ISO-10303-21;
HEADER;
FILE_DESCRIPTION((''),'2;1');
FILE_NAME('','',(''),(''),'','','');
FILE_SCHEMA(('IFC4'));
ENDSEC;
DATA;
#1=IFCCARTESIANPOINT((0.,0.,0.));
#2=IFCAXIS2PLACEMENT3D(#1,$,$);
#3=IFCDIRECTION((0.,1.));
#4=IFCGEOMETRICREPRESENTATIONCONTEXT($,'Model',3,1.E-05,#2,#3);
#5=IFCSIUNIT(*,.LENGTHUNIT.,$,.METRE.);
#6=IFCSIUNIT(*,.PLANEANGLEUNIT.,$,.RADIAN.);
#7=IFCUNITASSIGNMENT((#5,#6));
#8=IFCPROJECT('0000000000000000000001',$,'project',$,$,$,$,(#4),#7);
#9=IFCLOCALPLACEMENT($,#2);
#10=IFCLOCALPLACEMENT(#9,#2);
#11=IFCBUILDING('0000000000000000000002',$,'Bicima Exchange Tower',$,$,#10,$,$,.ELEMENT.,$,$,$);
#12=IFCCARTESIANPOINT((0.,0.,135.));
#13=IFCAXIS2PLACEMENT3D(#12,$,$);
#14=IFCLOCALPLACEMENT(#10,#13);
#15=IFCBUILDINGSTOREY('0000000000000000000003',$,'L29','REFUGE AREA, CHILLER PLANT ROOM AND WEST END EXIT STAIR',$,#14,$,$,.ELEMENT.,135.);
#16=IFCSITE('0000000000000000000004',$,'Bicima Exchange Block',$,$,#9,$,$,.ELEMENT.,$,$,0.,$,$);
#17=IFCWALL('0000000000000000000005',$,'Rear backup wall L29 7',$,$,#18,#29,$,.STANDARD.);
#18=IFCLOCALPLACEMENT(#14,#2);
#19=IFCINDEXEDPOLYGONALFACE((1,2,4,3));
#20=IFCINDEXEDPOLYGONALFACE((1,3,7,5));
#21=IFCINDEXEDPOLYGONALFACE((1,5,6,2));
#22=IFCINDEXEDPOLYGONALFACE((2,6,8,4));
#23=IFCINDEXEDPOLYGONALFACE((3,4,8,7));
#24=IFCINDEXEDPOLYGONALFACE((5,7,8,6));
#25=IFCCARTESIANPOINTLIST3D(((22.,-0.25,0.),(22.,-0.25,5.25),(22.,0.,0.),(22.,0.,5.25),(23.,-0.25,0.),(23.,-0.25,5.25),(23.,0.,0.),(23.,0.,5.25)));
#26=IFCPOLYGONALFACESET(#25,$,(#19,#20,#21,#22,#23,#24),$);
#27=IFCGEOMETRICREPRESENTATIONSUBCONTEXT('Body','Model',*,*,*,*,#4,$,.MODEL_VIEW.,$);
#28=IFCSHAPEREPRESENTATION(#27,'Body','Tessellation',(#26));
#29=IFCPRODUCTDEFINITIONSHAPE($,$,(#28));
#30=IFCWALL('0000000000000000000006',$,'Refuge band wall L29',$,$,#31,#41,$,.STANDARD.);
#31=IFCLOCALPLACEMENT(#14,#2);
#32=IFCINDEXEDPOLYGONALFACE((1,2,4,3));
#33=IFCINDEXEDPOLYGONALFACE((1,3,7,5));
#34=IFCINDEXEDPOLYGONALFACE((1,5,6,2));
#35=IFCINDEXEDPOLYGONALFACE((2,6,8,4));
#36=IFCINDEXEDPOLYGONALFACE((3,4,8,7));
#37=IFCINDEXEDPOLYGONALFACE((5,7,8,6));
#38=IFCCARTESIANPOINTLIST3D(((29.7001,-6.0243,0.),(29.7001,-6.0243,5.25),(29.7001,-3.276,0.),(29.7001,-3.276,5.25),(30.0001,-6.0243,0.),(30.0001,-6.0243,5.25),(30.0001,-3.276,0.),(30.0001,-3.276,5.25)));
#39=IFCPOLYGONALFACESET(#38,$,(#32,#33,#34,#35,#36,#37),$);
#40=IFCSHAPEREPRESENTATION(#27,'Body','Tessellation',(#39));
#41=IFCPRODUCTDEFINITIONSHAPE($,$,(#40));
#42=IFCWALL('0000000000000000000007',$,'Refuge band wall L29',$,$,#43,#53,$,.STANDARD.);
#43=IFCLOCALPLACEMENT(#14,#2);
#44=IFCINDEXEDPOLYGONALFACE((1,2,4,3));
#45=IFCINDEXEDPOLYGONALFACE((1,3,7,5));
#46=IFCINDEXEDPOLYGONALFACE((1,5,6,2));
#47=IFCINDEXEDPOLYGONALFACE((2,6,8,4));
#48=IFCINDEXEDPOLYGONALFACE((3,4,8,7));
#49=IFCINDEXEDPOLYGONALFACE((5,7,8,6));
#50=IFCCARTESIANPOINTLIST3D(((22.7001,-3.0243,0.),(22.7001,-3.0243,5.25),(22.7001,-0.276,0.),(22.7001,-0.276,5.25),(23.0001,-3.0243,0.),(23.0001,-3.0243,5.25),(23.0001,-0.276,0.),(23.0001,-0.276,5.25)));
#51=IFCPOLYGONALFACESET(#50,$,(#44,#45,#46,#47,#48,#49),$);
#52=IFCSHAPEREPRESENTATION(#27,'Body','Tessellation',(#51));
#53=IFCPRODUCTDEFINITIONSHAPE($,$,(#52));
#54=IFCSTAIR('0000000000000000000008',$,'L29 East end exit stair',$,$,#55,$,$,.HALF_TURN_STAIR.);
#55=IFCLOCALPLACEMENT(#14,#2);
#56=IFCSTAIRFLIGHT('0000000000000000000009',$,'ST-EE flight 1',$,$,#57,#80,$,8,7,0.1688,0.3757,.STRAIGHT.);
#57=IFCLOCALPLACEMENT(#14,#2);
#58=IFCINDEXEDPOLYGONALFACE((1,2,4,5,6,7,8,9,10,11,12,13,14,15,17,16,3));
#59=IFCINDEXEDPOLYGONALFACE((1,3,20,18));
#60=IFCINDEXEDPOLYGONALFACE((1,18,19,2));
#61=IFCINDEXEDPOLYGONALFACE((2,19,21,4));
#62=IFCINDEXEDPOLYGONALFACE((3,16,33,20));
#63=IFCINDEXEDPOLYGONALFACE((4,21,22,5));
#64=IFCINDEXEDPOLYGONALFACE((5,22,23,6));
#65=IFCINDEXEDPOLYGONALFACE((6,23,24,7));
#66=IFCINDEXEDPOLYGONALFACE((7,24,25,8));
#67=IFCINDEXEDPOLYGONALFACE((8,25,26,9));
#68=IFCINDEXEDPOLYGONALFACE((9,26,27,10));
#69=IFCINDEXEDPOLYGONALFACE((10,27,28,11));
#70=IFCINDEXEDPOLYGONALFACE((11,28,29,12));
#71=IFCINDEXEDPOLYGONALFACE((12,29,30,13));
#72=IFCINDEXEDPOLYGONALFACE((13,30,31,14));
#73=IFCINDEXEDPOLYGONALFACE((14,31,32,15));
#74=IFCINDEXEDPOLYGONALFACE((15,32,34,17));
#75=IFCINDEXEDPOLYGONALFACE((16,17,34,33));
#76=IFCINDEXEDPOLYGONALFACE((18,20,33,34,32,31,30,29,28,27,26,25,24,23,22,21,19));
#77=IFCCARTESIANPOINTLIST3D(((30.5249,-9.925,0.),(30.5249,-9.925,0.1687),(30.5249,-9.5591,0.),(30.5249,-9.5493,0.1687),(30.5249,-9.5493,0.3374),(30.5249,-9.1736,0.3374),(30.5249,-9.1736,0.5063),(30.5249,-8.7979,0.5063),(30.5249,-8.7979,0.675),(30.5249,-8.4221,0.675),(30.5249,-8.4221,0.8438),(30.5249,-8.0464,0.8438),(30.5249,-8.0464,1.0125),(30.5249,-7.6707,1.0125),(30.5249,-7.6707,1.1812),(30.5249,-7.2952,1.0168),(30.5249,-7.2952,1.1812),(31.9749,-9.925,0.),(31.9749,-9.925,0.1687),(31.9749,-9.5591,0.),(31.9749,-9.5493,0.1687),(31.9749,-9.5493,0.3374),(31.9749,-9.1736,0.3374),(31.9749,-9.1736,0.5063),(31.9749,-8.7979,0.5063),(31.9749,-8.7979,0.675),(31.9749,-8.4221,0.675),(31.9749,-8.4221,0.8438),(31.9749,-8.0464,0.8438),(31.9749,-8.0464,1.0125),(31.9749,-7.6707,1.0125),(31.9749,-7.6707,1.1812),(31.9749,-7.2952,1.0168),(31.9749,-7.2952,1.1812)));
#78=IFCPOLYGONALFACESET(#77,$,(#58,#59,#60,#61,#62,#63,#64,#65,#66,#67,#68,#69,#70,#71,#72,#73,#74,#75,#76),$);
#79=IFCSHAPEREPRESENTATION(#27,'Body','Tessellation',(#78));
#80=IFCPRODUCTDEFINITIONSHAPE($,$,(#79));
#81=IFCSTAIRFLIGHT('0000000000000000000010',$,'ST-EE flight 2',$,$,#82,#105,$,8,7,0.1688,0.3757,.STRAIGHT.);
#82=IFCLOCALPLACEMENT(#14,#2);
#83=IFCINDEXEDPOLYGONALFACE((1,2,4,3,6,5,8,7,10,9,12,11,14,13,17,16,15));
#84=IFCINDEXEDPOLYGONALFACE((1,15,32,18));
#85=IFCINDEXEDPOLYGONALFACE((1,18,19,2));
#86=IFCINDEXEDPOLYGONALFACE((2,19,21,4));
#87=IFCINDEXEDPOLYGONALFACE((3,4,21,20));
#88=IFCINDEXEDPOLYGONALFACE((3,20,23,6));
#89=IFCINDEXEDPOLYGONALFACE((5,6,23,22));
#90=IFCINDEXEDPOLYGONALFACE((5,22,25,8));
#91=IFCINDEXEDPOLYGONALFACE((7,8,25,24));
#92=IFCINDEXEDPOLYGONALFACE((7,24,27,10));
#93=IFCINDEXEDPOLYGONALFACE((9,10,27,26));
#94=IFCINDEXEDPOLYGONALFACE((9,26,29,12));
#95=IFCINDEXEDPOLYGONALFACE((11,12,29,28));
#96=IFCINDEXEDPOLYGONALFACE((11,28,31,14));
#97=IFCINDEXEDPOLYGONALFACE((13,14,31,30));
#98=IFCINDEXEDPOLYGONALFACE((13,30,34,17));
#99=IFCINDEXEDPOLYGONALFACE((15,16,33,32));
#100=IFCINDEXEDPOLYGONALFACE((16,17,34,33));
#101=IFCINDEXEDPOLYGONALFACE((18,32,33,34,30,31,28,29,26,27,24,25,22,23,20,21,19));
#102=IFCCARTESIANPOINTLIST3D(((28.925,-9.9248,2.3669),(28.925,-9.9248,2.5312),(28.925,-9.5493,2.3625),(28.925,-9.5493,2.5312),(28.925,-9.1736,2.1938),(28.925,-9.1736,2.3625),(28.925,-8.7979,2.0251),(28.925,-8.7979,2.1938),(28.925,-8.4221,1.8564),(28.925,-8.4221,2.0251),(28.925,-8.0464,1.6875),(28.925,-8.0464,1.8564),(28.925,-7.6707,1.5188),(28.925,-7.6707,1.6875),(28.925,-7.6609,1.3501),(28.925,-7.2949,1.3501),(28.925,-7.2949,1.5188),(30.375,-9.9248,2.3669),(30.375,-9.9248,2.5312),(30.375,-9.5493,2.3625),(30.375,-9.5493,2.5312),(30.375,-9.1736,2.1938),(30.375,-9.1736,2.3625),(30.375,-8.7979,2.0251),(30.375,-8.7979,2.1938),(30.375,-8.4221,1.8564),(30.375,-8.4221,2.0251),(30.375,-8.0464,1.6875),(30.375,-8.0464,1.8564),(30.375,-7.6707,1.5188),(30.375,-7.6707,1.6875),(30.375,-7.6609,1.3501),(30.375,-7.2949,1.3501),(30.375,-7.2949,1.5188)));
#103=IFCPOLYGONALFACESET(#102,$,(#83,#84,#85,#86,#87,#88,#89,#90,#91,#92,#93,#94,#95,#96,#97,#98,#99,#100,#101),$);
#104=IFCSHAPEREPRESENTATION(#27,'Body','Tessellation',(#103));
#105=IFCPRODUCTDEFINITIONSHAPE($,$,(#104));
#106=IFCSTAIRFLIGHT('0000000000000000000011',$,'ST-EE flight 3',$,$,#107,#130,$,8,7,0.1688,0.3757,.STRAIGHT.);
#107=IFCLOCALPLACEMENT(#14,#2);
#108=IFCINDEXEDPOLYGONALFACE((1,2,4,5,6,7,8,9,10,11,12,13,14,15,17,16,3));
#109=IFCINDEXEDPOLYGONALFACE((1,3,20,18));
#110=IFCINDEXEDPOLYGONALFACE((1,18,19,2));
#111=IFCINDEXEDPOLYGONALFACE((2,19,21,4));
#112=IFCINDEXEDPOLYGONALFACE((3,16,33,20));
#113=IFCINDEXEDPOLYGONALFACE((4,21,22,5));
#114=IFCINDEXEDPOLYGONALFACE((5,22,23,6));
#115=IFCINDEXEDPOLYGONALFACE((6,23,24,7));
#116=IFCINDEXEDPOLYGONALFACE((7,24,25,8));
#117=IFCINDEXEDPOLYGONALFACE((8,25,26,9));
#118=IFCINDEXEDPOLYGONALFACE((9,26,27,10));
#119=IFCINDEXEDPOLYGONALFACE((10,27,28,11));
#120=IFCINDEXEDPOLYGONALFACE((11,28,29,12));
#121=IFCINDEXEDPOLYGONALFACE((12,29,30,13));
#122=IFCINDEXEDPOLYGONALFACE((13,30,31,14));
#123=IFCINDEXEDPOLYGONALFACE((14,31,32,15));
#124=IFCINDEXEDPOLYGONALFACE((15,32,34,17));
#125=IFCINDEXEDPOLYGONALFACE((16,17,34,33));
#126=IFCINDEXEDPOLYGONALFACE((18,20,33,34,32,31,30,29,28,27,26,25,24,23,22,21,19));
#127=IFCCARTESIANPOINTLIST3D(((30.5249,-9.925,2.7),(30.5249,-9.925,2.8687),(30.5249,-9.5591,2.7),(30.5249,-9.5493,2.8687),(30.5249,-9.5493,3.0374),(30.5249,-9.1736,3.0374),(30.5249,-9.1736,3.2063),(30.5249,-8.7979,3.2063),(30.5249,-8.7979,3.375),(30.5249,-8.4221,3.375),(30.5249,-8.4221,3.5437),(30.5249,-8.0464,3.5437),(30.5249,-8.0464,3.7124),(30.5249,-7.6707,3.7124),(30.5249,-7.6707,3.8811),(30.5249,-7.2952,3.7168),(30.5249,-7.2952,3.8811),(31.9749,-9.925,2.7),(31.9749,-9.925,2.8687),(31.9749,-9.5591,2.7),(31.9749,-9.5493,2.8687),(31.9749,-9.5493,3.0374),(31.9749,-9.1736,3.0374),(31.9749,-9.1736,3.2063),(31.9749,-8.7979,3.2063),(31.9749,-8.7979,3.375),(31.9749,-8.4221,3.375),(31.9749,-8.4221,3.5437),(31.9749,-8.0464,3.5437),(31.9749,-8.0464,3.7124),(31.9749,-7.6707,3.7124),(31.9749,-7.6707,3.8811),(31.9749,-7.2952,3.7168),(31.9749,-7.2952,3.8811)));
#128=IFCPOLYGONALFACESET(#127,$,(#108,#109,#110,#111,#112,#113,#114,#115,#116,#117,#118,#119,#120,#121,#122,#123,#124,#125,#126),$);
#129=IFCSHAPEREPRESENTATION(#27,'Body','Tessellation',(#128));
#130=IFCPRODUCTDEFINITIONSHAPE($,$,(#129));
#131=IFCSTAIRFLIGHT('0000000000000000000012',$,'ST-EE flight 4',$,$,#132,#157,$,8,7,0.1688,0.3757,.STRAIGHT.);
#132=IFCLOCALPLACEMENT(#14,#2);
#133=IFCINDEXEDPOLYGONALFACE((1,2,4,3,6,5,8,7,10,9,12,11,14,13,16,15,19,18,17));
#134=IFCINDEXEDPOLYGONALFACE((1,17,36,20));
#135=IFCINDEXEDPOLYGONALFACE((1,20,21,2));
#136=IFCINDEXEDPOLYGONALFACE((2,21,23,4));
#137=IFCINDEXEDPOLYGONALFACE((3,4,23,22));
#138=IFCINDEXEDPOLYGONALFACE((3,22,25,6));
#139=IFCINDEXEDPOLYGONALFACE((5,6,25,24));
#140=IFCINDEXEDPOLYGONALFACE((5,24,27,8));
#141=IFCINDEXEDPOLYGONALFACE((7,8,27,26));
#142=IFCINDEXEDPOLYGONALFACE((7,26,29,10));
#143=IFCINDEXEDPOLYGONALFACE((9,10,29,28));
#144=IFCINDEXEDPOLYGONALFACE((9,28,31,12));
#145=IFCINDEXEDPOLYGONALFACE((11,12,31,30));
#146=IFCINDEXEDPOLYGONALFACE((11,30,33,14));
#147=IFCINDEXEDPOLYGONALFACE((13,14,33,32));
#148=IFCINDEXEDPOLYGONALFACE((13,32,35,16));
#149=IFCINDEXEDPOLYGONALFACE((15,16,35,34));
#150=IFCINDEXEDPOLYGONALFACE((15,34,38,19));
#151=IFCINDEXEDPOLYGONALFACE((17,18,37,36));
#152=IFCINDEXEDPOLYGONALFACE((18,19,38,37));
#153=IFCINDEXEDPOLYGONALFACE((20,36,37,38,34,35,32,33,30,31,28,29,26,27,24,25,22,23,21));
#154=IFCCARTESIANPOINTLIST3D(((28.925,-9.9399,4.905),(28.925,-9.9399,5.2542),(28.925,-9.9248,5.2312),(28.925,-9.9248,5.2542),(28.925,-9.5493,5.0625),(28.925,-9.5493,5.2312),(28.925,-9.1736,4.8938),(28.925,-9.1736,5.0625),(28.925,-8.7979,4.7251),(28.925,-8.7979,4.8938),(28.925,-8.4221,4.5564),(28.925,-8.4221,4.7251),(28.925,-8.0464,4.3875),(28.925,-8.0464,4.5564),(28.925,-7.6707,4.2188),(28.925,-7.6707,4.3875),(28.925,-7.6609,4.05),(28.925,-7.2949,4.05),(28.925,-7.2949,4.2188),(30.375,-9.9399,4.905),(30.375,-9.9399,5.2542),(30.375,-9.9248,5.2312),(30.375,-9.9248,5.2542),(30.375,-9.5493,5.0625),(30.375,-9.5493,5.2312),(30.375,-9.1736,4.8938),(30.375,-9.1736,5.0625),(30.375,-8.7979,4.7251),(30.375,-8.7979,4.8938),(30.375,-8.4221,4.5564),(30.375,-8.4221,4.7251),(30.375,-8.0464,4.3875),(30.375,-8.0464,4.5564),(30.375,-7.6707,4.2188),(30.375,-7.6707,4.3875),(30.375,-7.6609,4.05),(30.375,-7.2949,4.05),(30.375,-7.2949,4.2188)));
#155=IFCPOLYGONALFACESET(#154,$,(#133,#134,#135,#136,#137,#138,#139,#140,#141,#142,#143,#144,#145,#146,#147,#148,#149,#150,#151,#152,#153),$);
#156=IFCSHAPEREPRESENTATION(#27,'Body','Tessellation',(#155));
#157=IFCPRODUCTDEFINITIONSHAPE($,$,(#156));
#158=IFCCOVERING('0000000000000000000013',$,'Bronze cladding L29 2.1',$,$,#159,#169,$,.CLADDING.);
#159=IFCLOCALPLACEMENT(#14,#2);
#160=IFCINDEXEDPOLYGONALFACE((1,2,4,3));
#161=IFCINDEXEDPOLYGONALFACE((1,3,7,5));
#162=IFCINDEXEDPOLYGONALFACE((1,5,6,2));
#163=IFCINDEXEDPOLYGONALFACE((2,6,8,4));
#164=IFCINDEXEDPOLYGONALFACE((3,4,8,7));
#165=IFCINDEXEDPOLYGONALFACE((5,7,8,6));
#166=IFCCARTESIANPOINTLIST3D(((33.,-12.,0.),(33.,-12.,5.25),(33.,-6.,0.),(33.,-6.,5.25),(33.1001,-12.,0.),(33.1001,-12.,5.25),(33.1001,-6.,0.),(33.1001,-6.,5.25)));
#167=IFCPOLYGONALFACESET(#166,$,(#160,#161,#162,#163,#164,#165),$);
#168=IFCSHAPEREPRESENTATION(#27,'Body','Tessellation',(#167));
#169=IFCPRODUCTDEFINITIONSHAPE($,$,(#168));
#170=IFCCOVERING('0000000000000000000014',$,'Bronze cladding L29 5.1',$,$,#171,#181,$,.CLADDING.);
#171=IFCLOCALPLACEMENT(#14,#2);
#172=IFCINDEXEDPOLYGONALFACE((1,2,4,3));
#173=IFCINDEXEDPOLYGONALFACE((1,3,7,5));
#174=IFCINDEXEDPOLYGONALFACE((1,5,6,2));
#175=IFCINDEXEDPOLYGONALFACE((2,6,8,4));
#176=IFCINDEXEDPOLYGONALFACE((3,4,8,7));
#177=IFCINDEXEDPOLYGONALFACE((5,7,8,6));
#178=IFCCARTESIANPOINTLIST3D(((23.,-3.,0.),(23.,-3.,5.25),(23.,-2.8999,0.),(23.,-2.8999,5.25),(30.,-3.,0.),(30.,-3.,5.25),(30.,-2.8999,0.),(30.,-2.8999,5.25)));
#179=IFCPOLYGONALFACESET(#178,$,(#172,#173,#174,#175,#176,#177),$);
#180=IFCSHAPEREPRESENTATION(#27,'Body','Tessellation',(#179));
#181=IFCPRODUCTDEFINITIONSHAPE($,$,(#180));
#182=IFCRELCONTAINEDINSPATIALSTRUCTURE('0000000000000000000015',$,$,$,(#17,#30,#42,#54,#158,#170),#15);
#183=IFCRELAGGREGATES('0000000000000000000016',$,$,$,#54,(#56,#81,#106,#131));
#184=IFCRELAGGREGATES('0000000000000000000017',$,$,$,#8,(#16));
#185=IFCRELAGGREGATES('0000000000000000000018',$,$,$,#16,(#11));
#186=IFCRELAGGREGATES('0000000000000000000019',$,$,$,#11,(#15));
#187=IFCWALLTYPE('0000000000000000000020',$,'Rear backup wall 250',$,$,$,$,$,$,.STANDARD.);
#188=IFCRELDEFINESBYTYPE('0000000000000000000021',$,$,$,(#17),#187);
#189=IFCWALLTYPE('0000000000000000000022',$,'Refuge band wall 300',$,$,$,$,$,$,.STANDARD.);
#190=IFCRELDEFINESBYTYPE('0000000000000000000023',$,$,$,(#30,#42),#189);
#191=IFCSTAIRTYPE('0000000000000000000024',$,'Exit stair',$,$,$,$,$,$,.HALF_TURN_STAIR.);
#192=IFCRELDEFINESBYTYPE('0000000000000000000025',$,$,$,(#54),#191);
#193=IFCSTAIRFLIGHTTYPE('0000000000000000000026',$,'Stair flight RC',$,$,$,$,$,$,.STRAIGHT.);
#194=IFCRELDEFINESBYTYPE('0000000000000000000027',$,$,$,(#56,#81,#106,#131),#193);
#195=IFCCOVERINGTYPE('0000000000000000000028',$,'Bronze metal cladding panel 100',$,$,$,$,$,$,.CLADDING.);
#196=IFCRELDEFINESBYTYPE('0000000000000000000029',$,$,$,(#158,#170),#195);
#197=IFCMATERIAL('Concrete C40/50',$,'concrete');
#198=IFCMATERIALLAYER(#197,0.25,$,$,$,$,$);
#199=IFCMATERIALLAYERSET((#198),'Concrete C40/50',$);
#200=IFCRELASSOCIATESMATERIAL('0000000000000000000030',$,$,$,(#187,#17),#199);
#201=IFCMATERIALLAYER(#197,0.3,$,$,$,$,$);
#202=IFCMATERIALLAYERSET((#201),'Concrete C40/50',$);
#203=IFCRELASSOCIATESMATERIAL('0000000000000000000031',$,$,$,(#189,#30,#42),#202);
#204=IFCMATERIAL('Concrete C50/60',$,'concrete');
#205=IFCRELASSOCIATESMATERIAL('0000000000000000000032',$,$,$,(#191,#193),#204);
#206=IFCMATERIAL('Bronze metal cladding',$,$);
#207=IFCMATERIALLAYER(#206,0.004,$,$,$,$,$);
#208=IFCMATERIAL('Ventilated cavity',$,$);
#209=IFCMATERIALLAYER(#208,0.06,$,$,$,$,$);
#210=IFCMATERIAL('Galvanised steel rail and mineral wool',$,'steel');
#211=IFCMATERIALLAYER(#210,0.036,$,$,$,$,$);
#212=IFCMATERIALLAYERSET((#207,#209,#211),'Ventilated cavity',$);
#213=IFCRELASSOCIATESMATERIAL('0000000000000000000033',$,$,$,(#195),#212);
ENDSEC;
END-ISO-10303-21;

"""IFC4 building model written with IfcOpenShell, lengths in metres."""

from ifc_helpers import new_model, si_unit, direction, frame, frame_2d, origin, origin_2d, place, context, subcontext, project, spatial, polyline, rectangle, outline, extrude, material, layer, layer_set, layer_usage, type_object, element, aggregate, save


model = new_model("IFC4")

# Units and contexts
model_context = context("Model", 3, precision=1e-05, world=origin(), true_north=direction((0.0, 1.0)))
body_context = subcontext(model_context, "Body", "Model", "MODEL_VIEW")
ifc_project = project(units=[si_unit("LENGTHUNIT", "METRE"), si_unit("PLANEANGLEUNIT", "RADIAN")], contexts=[model_context])

# Site, building, storey
site_placement = place(None, origin())
site = spatial("IfcSite", under=ifc_project, at=site_placement, Name="Bicima Exchange Block", CompositionType="ELEMENT", RefElevation=0.0)
building_placement = place(site_placement, origin())
building = spatial("IfcBuilding", under=site, at=building_placement, Name="Bicima Exchange Tower", CompositionType="ELEMENT")
storey_placement = place(building_placement, frame((0.0, 0.0, 135.0)))
storey = spatial("IfcBuildingStorey", under=building, at=storey_placement, Name="L29", Description="REFUGE AREA, CHILLER PLANT ROOM AND WEST END EXIT STAIR", CompositionType="ELEMENT", Elevation=135.0)

# Shared definitions
ifc_material_1 = material(Name="Concrete C50/60", Category="concrete")

# Walls
ifc_material_2 = material(Name="Concrete C40/50", Category="concrete")
ifc_layer_1 = layer(ifc_material_2, 0.25)
ifc_layer_set_1 = layer_set([ifc_layer_1], Name="Concrete C40/50")
ifc_layer_usage_1 = layer_usage(ifc_layer_set_1, "AXIS2", "POSITIVE", -0.125)
wall_type_1 = type_object("IfcWallType", Name="Rear backup wall 250", PredefinedType="STANDARD", material=ifc_layer_set_1)
wall_1_placement = place(storey_placement, frame((23.0, -0.125, 0.0), z_axis=(0.0, 0.0, 1.0), x_axis=(-1.0, 0.0, 0.0)))
element("IfcWall", 1, at=wall_1_placement, inside=storey, type_object=wall_type_1, material=ifc_layer_usage_1, Name="Rear backup wall L29 7", PredefinedType="STANDARD", context=body_context, shape_type="SweptSolid", body=[
    extrude(rectangle(XDim=1.0, YDim=0.25, at=frame_2d((0.5, 0.0))), origin(), (0.0, 0.0, 1.0), 5.25),
])
ifc_layer_2 = layer(ifc_material_2, 0.3)
ifc_layer_set_2 = layer_set([ifc_layer_2], Name="Concrete C40/50")
ifc_layer_usage_2 = layer_usage(ifc_layer_set_2, "AXIS2", "POSITIVE", -0.15)
wall_type_2 = type_object("IfcWallType", Name="Refuge band wall 300", PredefinedType="STANDARD", material=ifc_layer_set_2)
for number, where, z_axis, x_axis, name in (
    (2, (29.8501, -6.0242, 0.0), (0.0, 0.0, 1.0), (0.0, 1.0, 0.0), "Refuge band wall L29"),
    (3, (22.8501, -3.0242, 0.0), (0.0, 0.0, 1.0), (0.0, 1.0, 0.0), "Refuge band wall L29"),
):
    element("IfcWall", number, at=place(storey_placement, frame(where, z_axis=z_axis, x_axis=x_axis)), inside=storey, type_object=wall_type_2, material=ifc_layer_usage_2, Name=name, PredefinedType="STANDARD", context=body_context, shape_type="SweptSolid", body=[
        extrude(rectangle(XDim=2.7483, YDim=0.3, at=frame_2d((1.374, 0.0))), origin(), (0.0, 0.0, 1.0), 5.25),
    ])

# Stair, stair flights
stair_type = type_object("IfcStairType", Name="Exit stair", PredefinedType="HALF_TURN_STAIR", material=ifc_material_1)
stair_placement = place(storey_placement, origin())
stair = element("IfcStair", 4, at=stair_placement, inside=storey, type_object=stair_type, Name="L29 East end exit stair", PredefinedType="HALF_TURN_STAIR")
stair_flight_type = type_object("IfcStairFlightType", Name="Stair flight RC", PredefinedType="STRAIGHT", material=ifc_material_1)
stair_flight_1_placement = place(storey_placement, frame((31.25, -9.925, 0.0), z_axis=(0.0, 0.0, 1.0), x_axis=(0.0, 1.0, 0.0)))
stair_flight_1 = element("IfcStairFlight", 5, at=stair_flight_1_placement, type_object=stair_flight_type, Name="ST-EE flight 1", NumberOfRisers=8, NumberOfTreads=7, PredefinedType="STRAIGHT", RiserHeight=0.1688, TreadLength=0.3757, context=body_context, shape_type="SweptSolid", body=[
    extrude(outline(polyline([(0.0, 0.0), (0.0, 0.1687), (0.3757, 0.1687), (0.3757, 0.3374), (0.7515, 0.3374), (0.7515, 0.5063), (1.1272, 0.5063), (1.1272, 0.675), (1.5029, 0.675), (1.5029, 0.8438), (1.8787, 0.8438), (1.8787, 1.0125), (2.2544, 1.0125), (2.2544, 1.1812), (2.6299, 1.1812), (2.6299, 1.3501), (2.6299, 1.0168), (0.366, 0.0), (0.0, 0.0)])), frame((0.0, 0.7251, 0.0), z_axis=(0.0, -1.0, 0.0), x_axis=(1.0, 0.0, 0.0)), (0.0, 0.0, 1.0), 1.45),
])
stair_flight_2_placement = place(storey_placement, frame((29.6499, -7.2949, 1.3501), z_axis=(0.0, 0.0, 1.0), x_axis=(0.0, -1.0, 0.0)))
stair_flight_2 = element("IfcStairFlight", 6, at=stair_flight_2_placement, type_object=stair_flight_type, Name="ST-EE flight 2", NumberOfRisers=8, NumberOfTreads=7, PredefinedType="STRAIGHT", RiserHeight=0.1688, TreadLength=0.3757, context=body_context, shape_type="SweptSolid", body=[
    extrude(outline(polyline([(0.0, 0.0), (0.0, 0.1687), (0.3757, 0.1687), (0.3757, 0.3374), (0.7515, 0.3374), (0.7515, 0.5063), (1.1272, 0.5063), (1.1272, 0.675), (1.5029, 0.675), (1.5029, 0.8438), (1.8787, 0.8438), (1.8787, 1.0125), (2.2544, 1.0125), (2.2544, 1.1812), (2.6299, 1.1812), (2.6299, 1.3501), (2.6299, 1.0168), (0.366, 0.0), (0.0, 0.0)])), frame((0.0, 0.7251, 0.0), z_axis=(0.0, -1.0, 0.0), x_axis=(1.0, 0.0, 0.0)), (0.0, 0.0, 1.0), 1.45),
])
stair_flight_3_placement = place(storey_placement, frame((31.25, -9.925, 2.7), z_axis=(0.0, 0.0, 1.0), x_axis=(0.0, 1.0, 0.0)))
stair_flight_3 = element("IfcStairFlight", 7, at=stair_flight_3_placement, type_object=stair_flight_type, Name="ST-EE flight 3", NumberOfRisers=8, NumberOfTreads=7, PredefinedType="STRAIGHT", RiserHeight=0.1688, TreadLength=0.3757, context=body_context, shape_type="SweptSolid", body=[
    extrude(outline(polyline([(0.0, 0.0), (0.0, 0.1687), (0.3757, 0.1687), (0.3757, 0.3374), (0.7515, 0.3374), (0.7515, 0.5063), (1.1272, 0.5063), (1.1272, 0.675), (1.5029, 0.675), (1.5029, 0.8438), (1.8787, 0.8438), (1.8787, 1.0125), (2.2544, 1.0125), (2.2544, 1.1812), (2.6299, 1.1812), (2.6299, 1.3501), (2.6299, 1.0168), (0.366, 0.0), (0.0, 0.0)])), frame((0.0, 0.7251, 0.0), z_axis=(0.0, -1.0, 0.0), x_axis=(1.0, 0.0, 0.0)), (0.0, 0.0, 1.0), 1.45),
])
stair_flight_4_placement = place(storey_placement, frame((29.6499, -7.2949, 4.05), z_axis=(0.0, 0.0, 1.0), x_axis=(0.0, -1.0, 0.0)))
stair_flight_4 = element("IfcStairFlight", 8, at=stair_flight_4_placement, type_object=stair_flight_type, Name="ST-EE flight 4", NumberOfRisers=8, NumberOfTreads=7, PredefinedType="STRAIGHT", RiserHeight=0.1688, TreadLength=0.3757, context=body_context, shape_type="SweptSolid", body=[
    extrude(outline(polyline([(0.0, 0.0), (0.0, 0.1687), (0.3757, 0.1687), (0.3757, 0.3374), (0.7515, 0.3374), (0.7515, 0.5063), (1.1272, 0.5063), (1.1272, 0.675), (1.5029, 0.675), (1.5029, 0.8438), (1.8787, 0.8438), (1.8787, 1.0125), (2.2544, 1.0125), (2.2544, 1.1812), (2.6299, 1.1812), (2.6299, 1.2041), (2.645, 1.2041), (2.645, 0.855), (0.366, 0.0), (0.0, 0.0)])), frame((0.0, 0.7251, 0.0), z_axis=(0.0, -1.0, 0.0), x_axis=(1.0, 0.0, 0.0)), (0.0, 0.0, 1.0), 1.45),
])
aggregate(stair, [stair_flight_1, stair_flight_2, stair_flight_3, stair_flight_4])

# Coverings
ifc_material_3 = material(Name="Bronze metal cladding")
ifc_layer_3 = layer(ifc_material_3, 0.004)
ifc_material_4 = material(Name="Ventilated cavity")
ifc_layer_4 = layer(ifc_material_4, 0.06)
ifc_material_5 = material(Name="Galvanised steel rail and mineral wool", Category="steel")
ifc_layer_5 = layer(ifc_material_5, 0.036)
ifc_layer_set_3 = layer_set([ifc_layer_3, ifc_layer_4, ifc_layer_5], Name="Ventilated cavity")
covering_type = type_object("IfcCoveringType", Name="Bronze metal cladding panel 100", PredefinedType="CLADDING", material=ifc_layer_set_3)
covering_1_placement = place(storey_placement, frame((33.05, -9.0, 0.0), z_axis=(0.0, 0.0, 1.0), x_axis=(0.0, 1.0, 0.0)))
element("IfcCovering", 9, at=covering_1_placement, inside=storey, type_object=covering_type, Name="Bronze cladding L29 2.1", PredefinedType="CLADDING", context=body_context, shape_type="SweptSolid", body=[
    extrude(rectangle(XDim=6.0, YDim=0.1001, at=origin_2d()), origin(), (0.0, 0.0, 1.0), 5.25),
])
covering_2_placement = place(storey_placement, frame((26.5, -2.95, 0.0), z_axis=(0.0, 0.0, 1.0), x_axis=(-1.0, 0.0, 0.0)))
element("IfcCovering", 10, at=covering_2_placement, inside=storey, type_object=covering_type, Name="Bronze cladding L29 5.1", PredefinedType="CLADDING", context=body_context, shape_type="SweptSolid", body=[
    extrude(rectangle(XDim=7.0, YDim=0.1001, at=origin_2d()), origin(), (0.0, 0.0, 1.0), 5.25),
])

save(model, "model.ifc")
